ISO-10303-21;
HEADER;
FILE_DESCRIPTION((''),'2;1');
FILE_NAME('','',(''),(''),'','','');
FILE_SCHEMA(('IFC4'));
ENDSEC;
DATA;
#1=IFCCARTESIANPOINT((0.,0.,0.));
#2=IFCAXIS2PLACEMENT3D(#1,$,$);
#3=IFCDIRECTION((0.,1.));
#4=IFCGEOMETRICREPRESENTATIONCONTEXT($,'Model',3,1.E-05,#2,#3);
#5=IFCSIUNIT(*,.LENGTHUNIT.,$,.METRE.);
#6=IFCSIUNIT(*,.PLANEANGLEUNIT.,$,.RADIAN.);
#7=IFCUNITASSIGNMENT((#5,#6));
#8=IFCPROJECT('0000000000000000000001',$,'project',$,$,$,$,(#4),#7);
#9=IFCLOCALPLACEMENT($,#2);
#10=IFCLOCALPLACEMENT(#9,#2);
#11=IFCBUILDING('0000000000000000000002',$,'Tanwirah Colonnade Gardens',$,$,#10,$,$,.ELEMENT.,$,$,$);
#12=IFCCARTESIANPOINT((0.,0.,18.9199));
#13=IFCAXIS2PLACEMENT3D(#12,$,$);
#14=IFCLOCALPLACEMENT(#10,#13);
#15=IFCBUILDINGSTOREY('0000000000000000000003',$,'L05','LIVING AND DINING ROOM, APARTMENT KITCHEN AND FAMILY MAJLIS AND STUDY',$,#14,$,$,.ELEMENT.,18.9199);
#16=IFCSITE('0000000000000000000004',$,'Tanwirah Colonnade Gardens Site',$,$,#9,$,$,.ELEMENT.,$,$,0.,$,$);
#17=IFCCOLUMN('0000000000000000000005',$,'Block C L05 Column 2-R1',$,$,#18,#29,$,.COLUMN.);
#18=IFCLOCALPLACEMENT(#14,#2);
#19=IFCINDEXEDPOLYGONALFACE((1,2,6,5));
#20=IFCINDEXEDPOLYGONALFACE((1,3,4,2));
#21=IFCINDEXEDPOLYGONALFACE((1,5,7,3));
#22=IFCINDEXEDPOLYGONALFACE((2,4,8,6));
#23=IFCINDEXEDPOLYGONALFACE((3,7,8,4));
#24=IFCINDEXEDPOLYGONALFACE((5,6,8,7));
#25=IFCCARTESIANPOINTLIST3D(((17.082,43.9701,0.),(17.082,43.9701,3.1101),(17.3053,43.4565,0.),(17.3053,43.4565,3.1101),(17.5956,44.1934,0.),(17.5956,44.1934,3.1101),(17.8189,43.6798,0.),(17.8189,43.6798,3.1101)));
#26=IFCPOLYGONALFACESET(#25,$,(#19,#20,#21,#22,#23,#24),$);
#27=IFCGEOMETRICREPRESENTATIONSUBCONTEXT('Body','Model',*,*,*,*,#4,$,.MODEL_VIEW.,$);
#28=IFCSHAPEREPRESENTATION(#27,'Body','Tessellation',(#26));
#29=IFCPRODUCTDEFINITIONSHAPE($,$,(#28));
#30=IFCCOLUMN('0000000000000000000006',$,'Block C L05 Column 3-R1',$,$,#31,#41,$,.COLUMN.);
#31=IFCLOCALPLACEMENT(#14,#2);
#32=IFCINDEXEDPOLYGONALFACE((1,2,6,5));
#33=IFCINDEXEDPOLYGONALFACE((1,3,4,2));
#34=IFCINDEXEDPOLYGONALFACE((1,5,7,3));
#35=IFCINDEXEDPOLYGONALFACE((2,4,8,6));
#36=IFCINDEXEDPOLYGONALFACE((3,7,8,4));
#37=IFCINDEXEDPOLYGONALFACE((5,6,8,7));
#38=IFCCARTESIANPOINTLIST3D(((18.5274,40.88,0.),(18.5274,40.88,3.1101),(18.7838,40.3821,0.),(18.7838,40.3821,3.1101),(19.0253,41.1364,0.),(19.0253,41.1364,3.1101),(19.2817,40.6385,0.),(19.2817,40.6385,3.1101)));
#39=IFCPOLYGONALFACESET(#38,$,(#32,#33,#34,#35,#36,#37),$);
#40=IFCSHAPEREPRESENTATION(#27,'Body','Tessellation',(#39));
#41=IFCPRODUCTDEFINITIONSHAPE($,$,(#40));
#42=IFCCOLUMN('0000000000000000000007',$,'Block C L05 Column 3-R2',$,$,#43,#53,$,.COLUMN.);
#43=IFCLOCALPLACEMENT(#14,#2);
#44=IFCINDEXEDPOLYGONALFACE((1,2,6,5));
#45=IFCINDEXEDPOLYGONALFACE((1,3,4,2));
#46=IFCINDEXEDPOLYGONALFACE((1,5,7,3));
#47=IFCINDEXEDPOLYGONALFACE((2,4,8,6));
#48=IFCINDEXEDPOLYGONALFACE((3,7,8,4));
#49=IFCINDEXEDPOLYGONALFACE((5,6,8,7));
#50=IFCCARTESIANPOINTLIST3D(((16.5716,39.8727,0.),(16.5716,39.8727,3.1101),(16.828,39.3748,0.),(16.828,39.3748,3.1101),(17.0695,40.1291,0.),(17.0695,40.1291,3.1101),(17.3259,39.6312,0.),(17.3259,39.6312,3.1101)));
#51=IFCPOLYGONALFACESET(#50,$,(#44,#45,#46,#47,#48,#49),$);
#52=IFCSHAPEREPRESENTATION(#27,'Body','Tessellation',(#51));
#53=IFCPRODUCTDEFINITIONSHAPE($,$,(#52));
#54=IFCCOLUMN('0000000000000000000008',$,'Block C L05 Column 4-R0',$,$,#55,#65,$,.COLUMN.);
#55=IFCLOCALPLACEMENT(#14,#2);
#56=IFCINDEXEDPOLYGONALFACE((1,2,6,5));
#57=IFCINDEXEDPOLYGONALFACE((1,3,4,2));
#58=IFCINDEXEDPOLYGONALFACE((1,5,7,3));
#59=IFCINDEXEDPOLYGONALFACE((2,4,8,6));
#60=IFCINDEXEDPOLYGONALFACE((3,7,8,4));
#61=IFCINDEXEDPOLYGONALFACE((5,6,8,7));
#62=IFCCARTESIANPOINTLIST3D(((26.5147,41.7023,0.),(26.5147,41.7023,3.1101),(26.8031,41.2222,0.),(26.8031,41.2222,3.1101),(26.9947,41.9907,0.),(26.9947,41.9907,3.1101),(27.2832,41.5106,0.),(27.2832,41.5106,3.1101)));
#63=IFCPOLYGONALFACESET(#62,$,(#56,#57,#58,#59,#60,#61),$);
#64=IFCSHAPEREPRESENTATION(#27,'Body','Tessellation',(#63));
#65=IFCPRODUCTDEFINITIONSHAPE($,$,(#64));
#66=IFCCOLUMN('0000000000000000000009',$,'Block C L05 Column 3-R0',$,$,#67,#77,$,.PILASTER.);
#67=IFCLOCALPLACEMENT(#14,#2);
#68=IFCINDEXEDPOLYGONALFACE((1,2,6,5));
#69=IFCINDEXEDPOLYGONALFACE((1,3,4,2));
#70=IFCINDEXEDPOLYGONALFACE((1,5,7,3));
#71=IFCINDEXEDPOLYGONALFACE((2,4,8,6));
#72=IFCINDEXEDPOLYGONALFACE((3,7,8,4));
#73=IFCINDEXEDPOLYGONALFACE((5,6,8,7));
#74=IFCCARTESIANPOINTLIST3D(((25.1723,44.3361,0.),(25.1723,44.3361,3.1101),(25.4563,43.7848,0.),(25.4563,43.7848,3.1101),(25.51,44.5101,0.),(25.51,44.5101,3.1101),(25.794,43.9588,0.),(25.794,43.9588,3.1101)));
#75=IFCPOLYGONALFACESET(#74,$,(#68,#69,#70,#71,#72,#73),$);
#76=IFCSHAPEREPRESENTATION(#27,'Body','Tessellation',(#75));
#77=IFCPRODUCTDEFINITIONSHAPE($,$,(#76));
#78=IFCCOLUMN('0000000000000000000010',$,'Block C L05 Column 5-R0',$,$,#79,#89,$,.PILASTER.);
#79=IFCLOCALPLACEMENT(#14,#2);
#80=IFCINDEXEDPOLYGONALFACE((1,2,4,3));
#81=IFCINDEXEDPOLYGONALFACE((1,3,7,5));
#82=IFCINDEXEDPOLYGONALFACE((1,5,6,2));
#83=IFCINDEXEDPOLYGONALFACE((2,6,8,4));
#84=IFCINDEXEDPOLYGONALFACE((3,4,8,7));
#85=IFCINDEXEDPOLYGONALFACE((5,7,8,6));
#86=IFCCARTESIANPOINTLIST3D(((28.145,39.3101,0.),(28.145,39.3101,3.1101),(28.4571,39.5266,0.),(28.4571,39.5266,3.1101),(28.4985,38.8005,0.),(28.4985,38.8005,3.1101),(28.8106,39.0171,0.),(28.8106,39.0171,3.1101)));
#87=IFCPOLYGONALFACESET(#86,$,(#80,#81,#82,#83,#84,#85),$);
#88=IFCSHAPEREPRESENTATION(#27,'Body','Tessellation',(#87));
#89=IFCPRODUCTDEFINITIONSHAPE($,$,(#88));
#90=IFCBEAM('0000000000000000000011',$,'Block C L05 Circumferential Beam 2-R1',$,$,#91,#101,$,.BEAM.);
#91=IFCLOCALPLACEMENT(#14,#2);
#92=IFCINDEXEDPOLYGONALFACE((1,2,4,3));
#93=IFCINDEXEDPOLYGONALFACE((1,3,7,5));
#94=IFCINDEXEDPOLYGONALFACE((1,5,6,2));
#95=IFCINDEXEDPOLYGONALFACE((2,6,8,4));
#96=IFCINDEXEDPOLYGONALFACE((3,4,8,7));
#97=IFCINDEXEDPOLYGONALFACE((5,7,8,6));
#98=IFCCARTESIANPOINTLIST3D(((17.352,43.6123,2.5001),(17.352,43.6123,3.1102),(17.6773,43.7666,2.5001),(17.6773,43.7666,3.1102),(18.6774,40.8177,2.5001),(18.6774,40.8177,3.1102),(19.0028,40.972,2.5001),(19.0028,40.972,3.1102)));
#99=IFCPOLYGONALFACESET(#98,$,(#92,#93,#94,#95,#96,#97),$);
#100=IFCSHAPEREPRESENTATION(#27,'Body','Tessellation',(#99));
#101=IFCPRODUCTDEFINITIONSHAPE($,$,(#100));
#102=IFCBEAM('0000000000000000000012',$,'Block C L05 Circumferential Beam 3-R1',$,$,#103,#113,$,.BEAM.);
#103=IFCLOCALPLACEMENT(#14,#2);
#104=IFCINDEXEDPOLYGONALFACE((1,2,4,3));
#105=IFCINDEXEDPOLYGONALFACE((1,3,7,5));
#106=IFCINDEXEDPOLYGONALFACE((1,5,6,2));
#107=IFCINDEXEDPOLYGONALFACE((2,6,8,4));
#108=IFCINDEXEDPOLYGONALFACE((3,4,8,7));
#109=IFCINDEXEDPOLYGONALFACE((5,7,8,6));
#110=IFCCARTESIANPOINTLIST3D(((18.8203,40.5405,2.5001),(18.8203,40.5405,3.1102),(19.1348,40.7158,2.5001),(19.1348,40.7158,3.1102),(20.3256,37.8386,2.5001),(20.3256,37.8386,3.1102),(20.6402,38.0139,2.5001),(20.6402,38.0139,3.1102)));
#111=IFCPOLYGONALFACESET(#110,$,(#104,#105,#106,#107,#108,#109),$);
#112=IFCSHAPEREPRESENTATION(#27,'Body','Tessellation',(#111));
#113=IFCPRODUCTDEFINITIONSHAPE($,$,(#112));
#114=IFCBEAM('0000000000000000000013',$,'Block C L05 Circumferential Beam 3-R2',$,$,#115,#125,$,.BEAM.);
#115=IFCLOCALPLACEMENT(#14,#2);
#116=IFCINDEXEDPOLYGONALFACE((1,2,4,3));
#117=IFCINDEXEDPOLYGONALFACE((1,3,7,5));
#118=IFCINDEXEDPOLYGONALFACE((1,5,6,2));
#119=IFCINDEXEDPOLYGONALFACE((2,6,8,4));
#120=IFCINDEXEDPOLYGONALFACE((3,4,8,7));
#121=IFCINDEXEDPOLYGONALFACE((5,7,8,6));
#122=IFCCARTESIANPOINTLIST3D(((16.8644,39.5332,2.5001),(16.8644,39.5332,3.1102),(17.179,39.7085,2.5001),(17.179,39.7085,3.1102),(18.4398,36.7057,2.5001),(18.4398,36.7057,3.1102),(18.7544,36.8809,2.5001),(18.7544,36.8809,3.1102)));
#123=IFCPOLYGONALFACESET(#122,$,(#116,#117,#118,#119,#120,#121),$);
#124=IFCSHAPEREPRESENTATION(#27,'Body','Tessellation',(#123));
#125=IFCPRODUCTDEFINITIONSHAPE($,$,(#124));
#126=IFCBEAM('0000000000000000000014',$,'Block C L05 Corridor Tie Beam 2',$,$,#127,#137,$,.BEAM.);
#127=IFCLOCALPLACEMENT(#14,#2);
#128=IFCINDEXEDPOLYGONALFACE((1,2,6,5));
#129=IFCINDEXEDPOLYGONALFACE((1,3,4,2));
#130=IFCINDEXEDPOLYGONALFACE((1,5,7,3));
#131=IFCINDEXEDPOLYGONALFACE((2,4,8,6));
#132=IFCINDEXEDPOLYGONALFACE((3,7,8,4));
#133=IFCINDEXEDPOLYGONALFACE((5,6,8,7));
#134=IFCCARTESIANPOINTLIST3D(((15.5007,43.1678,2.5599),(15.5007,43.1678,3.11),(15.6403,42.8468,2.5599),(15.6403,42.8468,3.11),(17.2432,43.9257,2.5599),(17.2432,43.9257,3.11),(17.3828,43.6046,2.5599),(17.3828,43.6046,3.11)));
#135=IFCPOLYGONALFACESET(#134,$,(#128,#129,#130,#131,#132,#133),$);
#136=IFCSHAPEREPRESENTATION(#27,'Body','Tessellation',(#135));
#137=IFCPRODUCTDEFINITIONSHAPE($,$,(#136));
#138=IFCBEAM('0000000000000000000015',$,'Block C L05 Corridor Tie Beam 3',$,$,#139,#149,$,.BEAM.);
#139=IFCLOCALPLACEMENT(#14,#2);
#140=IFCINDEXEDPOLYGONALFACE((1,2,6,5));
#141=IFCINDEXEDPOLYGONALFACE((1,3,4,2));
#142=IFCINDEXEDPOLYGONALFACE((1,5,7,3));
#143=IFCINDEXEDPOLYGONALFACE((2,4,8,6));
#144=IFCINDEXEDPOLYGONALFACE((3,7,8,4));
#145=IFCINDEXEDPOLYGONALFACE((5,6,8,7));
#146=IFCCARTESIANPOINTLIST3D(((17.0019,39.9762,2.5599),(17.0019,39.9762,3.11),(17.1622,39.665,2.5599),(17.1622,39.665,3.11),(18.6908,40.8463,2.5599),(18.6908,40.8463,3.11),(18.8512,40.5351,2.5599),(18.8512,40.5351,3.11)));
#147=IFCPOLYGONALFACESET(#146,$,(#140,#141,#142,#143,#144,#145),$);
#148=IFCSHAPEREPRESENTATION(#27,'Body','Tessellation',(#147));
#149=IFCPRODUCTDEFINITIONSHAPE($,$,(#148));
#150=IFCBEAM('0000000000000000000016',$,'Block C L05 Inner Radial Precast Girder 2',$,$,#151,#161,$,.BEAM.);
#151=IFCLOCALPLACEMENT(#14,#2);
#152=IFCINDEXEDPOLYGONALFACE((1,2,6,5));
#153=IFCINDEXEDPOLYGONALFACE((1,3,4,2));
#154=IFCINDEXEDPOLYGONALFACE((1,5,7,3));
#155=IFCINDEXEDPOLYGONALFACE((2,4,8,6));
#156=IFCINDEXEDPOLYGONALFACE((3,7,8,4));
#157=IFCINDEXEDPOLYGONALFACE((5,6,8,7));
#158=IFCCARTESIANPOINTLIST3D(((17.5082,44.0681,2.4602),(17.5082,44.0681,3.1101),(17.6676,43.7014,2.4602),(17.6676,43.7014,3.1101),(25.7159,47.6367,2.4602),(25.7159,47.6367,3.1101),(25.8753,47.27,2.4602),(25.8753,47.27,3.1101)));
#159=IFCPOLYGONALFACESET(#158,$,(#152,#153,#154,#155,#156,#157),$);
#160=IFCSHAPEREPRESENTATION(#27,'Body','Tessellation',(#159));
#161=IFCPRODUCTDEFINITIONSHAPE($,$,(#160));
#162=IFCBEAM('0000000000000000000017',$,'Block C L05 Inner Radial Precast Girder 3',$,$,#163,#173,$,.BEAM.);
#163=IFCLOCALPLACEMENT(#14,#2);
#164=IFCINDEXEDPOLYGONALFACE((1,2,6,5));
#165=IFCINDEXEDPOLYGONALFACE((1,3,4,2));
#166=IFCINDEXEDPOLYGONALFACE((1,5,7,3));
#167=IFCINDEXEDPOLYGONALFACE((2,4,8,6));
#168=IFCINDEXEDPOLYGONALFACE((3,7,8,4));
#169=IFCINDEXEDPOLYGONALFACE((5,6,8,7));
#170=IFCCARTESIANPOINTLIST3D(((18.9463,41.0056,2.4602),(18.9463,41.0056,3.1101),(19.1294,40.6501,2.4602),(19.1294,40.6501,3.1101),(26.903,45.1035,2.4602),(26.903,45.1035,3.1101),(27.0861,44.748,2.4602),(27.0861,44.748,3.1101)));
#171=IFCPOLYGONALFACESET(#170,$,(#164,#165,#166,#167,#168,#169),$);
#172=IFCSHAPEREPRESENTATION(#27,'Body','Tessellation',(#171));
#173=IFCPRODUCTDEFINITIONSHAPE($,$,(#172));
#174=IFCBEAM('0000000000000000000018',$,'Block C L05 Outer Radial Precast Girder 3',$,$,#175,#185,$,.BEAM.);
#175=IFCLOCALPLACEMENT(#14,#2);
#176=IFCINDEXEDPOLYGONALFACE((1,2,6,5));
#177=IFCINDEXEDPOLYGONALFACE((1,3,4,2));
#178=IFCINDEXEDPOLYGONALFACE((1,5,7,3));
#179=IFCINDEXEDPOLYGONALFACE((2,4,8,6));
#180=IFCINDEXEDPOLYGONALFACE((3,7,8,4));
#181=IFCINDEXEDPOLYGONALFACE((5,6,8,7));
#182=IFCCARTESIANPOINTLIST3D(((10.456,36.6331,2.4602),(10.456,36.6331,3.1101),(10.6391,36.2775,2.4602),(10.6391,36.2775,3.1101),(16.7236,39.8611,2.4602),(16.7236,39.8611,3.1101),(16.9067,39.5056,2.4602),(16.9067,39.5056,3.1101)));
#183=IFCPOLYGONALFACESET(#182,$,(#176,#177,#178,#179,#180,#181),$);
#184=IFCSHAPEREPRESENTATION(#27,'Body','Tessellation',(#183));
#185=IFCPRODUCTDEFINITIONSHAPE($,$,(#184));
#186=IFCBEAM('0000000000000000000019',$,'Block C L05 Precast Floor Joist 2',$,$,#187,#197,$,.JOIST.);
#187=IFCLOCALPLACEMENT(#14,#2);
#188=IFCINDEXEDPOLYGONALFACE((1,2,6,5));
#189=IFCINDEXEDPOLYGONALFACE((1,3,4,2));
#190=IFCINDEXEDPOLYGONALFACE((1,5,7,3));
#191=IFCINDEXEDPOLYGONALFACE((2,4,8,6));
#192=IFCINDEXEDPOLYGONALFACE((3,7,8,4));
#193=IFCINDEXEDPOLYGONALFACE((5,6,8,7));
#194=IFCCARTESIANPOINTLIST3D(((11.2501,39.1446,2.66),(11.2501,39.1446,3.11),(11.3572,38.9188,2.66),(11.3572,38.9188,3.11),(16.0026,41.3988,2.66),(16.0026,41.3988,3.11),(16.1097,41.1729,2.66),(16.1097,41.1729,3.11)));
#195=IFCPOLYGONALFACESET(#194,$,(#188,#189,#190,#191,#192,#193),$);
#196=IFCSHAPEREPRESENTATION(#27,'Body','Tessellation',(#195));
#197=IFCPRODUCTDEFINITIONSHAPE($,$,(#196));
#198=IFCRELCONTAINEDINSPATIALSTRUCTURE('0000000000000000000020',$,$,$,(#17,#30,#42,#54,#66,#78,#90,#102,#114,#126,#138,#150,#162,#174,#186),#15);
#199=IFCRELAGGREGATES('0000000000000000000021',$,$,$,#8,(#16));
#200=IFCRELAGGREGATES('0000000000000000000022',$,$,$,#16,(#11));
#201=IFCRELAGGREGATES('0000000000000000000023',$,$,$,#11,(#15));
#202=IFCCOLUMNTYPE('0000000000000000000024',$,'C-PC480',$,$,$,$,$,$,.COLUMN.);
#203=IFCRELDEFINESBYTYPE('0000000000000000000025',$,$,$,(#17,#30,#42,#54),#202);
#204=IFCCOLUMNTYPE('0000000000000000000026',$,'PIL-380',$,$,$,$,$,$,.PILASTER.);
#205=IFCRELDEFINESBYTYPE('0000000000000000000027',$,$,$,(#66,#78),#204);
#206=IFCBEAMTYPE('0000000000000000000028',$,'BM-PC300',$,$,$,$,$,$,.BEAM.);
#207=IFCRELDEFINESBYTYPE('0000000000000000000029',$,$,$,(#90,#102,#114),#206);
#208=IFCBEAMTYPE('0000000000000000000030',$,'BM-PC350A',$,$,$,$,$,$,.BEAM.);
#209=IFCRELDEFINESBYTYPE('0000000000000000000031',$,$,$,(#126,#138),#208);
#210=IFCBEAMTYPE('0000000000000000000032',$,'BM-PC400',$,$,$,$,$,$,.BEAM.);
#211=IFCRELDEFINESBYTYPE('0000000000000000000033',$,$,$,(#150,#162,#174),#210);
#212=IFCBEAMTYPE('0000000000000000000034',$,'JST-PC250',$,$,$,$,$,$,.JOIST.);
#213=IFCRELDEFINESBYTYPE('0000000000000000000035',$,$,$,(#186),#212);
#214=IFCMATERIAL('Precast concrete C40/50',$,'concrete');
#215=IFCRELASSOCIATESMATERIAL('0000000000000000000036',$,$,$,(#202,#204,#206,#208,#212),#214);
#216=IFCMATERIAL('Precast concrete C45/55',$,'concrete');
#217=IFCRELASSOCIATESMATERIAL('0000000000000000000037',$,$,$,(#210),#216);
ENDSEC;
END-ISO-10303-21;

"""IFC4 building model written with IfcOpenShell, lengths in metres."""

from ifc_helpers import new_model, si_unit, direction, frame, origin, origin_2d, place, context, subcontext, project, spatial, rectangle, extrude, material, material_profile, profile_set, type_object, element, save


model = new_model("IFC4")

# Units and contexts
model_context = context("Model", 3, precision=1e-05, world=origin(), true_north=direction((0.0, 1.0)))
body_context = subcontext(model_context, "Body", "Model", "MODEL_VIEW")
ifc_project = project(units=[si_unit("LENGTHUNIT", "METRE"), si_unit("PLANEANGLEUNIT", "RADIAN")], contexts=[model_context])

# Site, building, storey
site_placement = place(None, origin())
site = spatial("IfcSite", under=ifc_project, at=site_placement, Name="Tanwirah Colonnade Gardens Site", CompositionType="ELEMENT", RefElevation=0.0)
building_placement = place(site_placement, origin())
building = spatial("IfcBuilding", under=site, at=building_placement, Name="Tanwirah Colonnade Gardens", CompositionType="ELEMENT")
storey_placement = place(building_placement, frame((0.0, 0.0, 18.9199)))
storey = spatial("IfcBuildingStorey", under=building, at=storey_placement, Name="L05", Description="LIVING AND DINING ROOM, APARTMENT KITCHEN AND FAMILY MAJLIS AND STUDY", CompositionType="ELEMENT", Elevation=18.9199)

# Columns
ifc_material_1 = material(Name="Precast concrete C40/50", Category="concrete")
ifc_material_profile_1 = material_profile(ifc_material_1, rectangle(XDim=0.5601, YDim=0.5601, at=origin_2d()), Name="PC-COL 560x560")
ifc_profile_set_1 = profile_set([ifc_material_profile_1], Name="Precast concrete C40/50")
column_type_1 = type_object("IfcColumnType", Name="C-PC480", PredefinedType="COLUMN", material=ifc_profile_set_1)
for number, where, z_axis, x_axis, name in (
    (1, (17.4504, 43.825, 0.0), (0.0, 0.0, 1.0), (-0.91706, -0.398749, 0.0), "Block C L05 Column 2-R1"),
    (2, (18.9045, 40.7593, 0.0), (0.0, 0.0, 1.0), (-0.889017, -0.457874, 0.0), "Block C L05 Column 3-R1"),
    (3, (16.9487, 39.752, 0.0), (0.0, 0.0, 1.0), (-0.889017, -0.457874, 0.0), "Block C L05 Column 3-R2"),
    (4, (26.8989, 41.6064, 0.0), (0.0, 0.0, 1.0), (-0.857167, -0.515038, 0.0), "Block C L05 Column 4-R0"),
):
    element("IfcColumn", number, at=place(storey_placement, frame(where, z_axis=z_axis, x_axis=x_axis)), inside=storey, type_object=column_type_1, Name=name, PredefinedType="COLUMN", context=body_context, shape_type="SweptSolid", body=[
        extrude(rectangle(XDim=0.5601, YDim=0.5601, at=origin_2d()), origin(), (0.0, 0.0, 1.0), 3.1101),
    ])
ifc_material_profile_2 = material_profile(ifc_material_1, rectangle(XDim=0.3799, YDim=0.6201, at=origin_2d()), Name="PC-PIL 380x620")
ifc_profile_set_2 = profile_set([ifc_material_profile_2], Name="Precast concrete C40/50")
column_type_2 = type_object("IfcColumnType", Name="PIL-380", PredefinedType="PILASTER", material=ifc_profile_set_2)
for number, where, z_axis, x_axis, name in (
    (5, (25.4832, 44.1475, 0.0), (0.0, 0.0, 1.0), (-0.889017, -0.457874, 0.0), "Block C L05 Column 3-R0"),
    (6, (28.4778, 39.1636, 0.0), (0.0, 0.0, 1.0), (-0.821647, -0.569997, 0.0), "Block C L05 Column 5-R0"),
):
    element("IfcColumn", number, at=place(storey_placement, frame(where, z_axis=z_axis, x_axis=x_axis)), inside=storey, type_object=column_type_2, Name=name, PredefinedType="PILASTER", context=body_context, shape_type="SweptSolid", body=[
        extrude(rectangle(XDim=0.3799, YDim=0.6201, at=origin_2d()), origin(), (0.0, 0.0, 1.0), 3.1101),
    ])

# Beams
ifc_material_profile_3 = material_profile(ifc_material_1, rectangle(XDim=0.3601, YDim=0.6101, at=origin_2d()), Name="PC-BM 360x610")
ifc_profile_set_3 = profile_set([ifc_material_profile_3], Name="Precast concrete C40/50")
beam_type_1 = type_object("IfcBeamType", Name="BM-PC300", PredefinedType="BEAM", material=ifc_profile_set_3)
for number, where, z_axis, x_axis, name in (
    (7, (17.5146, 43.6895, 2.8052), (0.428521, -0.903532, 0.0), (0.903532, 0.428521, 0.0), "Block C L05 Circumferential Beam 2-R1"),
    (8, (18.9775, 40.6282, 2.8052), (0.486708, -0.873565, 0.0), (0.873565, 0.486708, 0.0), "Block C L05 Circumferential Beam 3-R1"),
):
    element("IfcBeam", number, at=place(storey_placement, frame(where, z_axis=z_axis, x_axis=x_axis)), inside=storey, type_object=beam_type_1, Name=name, PredefinedType="BEAM", context=body_context, shape_type="SweptSolid", body=[
        extrude(rectangle(XDim=0.3601, YDim=0.6101, at=origin_2d()), origin(), (0.0, 0.0, 1.0), 3.093),
    ])
beam_1_placement = place(storey_placement, frame((17.0217, 39.6208, 2.8052), z_axis=(0.486712, -0.873562, 0.0), x_axis=(0.873562, 0.486712, 0.0)))
element("IfcBeam", 9, at=beam_1_placement, inside=storey, type_object=beam_type_1, Name="Block C L05 Circumferential Beam 3-R2", PredefinedType="BEAM", context=body_context, shape_type="SweptSolid", body=[
    extrude(rectangle(XDim=0.3601, YDim=0.6101, at=origin_2d()), origin(), (0.0, 0.0, 1.0), 3.2368),
])
ifc_material_profile_4 = material_profile(ifc_material_1, rectangle(XDim=0.3501, YDim=0.55, at=origin_2d()), Name="PC-BM 350x550")
ifc_profile_set_4 = profile_set([ifc_material_profile_4], Name="Precast concrete C40/50")
beam_type_2 = type_object("IfcBeamType", Name="BM-PC350A", PredefinedType="BEAM", material=ifc_profile_set_4)
beam_2_placement = place(storey_placement, frame((17.313, 43.7651, 2.835), z_axis=(-0.917025, -0.398829, 0.0), x_axis=(0.398829, -0.917025, 0.0)))
element("IfcBeam", 10, at=beam_2_placement, inside=storey, type_object=beam_type_2, Name="Block C L05 Corridor Tie Beam 2", PredefinedType="BEAM", context=body_context, shape_type="SweptSolid", body=[
    extrude(rectangle(XDim=0.3501, YDim=0.55, at=origin_2d()), origin(), (0.0, 0.0, 1.0), 1.9001),
])
beam_3_placement = place(storey_placement, frame((18.771, 40.6907, 2.835), z_axis=(-0.888965, -0.457975, 0.0), x_axis=(0.457975, -0.888965, 0.0)))
element("IfcBeam", 11, at=beam_3_placement, inside=storey, type_object=beam_type_2, Name="Block C L05 Corridor Tie Beam 3", PredefinedType="BEAM", context=body_context, shape_type="SweptSolid", body=[
    extrude(rectangle(XDim=0.3501, YDim=0.55, at=origin_2d()), origin(), (0.0, 0.0, 1.0), 1.8999),
])
ifc_material_2 = material(Name="Precast concrete C45/55", Category="concrete")
ifc_material_profile_5 = material_profile(ifc_material_2, rectangle(XDim=0.3999, YDim=0.6499, at=origin_2d()), Name="PC-BM 400x650")
ifc_profile_set_5 = profile_set([ifc_material_profile_5], Name="Precast concrete C45/55")
beam_type_3 = type_object("IfcBeamType", Name="BM-PC400", PredefinedType="BEAM", material=ifc_profile_set_5)
for number, where, z_axis, x_axis, name in (
    (12, (17.5879, 43.8848, 2.7852), (0.91707, 0.398727, 0.0), (-0.398727, 0.91707, 0.0), "Block C L05 Inner Radial Precast Girder 2"),
    (13, (19.0378, 40.8279, 2.7852), (0.889022, 0.457864, 0.0), (-0.457864, 0.889022, 0.0), "Block C L05 Inner Radial Precast Girder 3"),
):
    element("IfcBeam", number, at=place(storey_placement, frame(where, z_axis=z_axis, x_axis=x_axis)), inside=storey, type_object=beam_type_3, Name=name, PredefinedType="BEAM", context=body_context, shape_type="SweptSolid", body=[
        extrude(rectangle(XDim=0.3999, YDim=0.6499, at=origin_2d()), origin(), (0.0, 0.0, 1.0), 8.95),
    ])
beam_4_placement = place(storey_placement, frame((16.8152, 39.6833, 2.7852), z_axis=(-0.889016, -0.457875, 0.0), x_axis=(0.457875, -0.889016, 0.0)))
element("IfcBeam", 14, at=beam_4_placement, inside=storey, type_object=beam_type_3, Name="Block C L05 Outer Radial Precast Girder 3", PredefinedType="BEAM", context=body_context, shape_type="SweptSolid", body=[
    extrude(rectangle(XDim=0.3999, YDim=0.6499, at=origin_2d()), origin(), (0.0, 0.0, 1.0), 7.05),
])
ifc_material_profile_6 = material_profile(ifc_material_1, rectangle(XDim=0.25, YDim=0.45, at=origin_2d()), Name="PC-JST 250x450")
ifc_profile_set_6 = profile_set([ifc_material_profile_6], Name="Precast concrete C40/50")
beam_type_4 = type_object("IfcBeamType", Name="JST-PC250", PredefinedType="JOIST", material=ifc_profile_set_6)
beam_5_placement = place(storey_placement, frame((16.0562, 41.2859, 2.885), z_axis=(-0.903518, -0.428551, 0.0), x_axis=(0.428551, -0.903518, 0.0)))
element("IfcBeam", 15, at=beam_5_placement, inside=storey, type_object=beam_type_4, Name="Block C L05 Precast Floor Joist 2", PredefinedType="JOIST", context=body_context, shape_type="SweptSolid", body=[
    extrude(rectangle(XDim=0.25, YDim=0.45, at=origin_2d()), origin(), (0.0, 0.0, 1.0), 5.26),
])

save(model, "model.ifc")
